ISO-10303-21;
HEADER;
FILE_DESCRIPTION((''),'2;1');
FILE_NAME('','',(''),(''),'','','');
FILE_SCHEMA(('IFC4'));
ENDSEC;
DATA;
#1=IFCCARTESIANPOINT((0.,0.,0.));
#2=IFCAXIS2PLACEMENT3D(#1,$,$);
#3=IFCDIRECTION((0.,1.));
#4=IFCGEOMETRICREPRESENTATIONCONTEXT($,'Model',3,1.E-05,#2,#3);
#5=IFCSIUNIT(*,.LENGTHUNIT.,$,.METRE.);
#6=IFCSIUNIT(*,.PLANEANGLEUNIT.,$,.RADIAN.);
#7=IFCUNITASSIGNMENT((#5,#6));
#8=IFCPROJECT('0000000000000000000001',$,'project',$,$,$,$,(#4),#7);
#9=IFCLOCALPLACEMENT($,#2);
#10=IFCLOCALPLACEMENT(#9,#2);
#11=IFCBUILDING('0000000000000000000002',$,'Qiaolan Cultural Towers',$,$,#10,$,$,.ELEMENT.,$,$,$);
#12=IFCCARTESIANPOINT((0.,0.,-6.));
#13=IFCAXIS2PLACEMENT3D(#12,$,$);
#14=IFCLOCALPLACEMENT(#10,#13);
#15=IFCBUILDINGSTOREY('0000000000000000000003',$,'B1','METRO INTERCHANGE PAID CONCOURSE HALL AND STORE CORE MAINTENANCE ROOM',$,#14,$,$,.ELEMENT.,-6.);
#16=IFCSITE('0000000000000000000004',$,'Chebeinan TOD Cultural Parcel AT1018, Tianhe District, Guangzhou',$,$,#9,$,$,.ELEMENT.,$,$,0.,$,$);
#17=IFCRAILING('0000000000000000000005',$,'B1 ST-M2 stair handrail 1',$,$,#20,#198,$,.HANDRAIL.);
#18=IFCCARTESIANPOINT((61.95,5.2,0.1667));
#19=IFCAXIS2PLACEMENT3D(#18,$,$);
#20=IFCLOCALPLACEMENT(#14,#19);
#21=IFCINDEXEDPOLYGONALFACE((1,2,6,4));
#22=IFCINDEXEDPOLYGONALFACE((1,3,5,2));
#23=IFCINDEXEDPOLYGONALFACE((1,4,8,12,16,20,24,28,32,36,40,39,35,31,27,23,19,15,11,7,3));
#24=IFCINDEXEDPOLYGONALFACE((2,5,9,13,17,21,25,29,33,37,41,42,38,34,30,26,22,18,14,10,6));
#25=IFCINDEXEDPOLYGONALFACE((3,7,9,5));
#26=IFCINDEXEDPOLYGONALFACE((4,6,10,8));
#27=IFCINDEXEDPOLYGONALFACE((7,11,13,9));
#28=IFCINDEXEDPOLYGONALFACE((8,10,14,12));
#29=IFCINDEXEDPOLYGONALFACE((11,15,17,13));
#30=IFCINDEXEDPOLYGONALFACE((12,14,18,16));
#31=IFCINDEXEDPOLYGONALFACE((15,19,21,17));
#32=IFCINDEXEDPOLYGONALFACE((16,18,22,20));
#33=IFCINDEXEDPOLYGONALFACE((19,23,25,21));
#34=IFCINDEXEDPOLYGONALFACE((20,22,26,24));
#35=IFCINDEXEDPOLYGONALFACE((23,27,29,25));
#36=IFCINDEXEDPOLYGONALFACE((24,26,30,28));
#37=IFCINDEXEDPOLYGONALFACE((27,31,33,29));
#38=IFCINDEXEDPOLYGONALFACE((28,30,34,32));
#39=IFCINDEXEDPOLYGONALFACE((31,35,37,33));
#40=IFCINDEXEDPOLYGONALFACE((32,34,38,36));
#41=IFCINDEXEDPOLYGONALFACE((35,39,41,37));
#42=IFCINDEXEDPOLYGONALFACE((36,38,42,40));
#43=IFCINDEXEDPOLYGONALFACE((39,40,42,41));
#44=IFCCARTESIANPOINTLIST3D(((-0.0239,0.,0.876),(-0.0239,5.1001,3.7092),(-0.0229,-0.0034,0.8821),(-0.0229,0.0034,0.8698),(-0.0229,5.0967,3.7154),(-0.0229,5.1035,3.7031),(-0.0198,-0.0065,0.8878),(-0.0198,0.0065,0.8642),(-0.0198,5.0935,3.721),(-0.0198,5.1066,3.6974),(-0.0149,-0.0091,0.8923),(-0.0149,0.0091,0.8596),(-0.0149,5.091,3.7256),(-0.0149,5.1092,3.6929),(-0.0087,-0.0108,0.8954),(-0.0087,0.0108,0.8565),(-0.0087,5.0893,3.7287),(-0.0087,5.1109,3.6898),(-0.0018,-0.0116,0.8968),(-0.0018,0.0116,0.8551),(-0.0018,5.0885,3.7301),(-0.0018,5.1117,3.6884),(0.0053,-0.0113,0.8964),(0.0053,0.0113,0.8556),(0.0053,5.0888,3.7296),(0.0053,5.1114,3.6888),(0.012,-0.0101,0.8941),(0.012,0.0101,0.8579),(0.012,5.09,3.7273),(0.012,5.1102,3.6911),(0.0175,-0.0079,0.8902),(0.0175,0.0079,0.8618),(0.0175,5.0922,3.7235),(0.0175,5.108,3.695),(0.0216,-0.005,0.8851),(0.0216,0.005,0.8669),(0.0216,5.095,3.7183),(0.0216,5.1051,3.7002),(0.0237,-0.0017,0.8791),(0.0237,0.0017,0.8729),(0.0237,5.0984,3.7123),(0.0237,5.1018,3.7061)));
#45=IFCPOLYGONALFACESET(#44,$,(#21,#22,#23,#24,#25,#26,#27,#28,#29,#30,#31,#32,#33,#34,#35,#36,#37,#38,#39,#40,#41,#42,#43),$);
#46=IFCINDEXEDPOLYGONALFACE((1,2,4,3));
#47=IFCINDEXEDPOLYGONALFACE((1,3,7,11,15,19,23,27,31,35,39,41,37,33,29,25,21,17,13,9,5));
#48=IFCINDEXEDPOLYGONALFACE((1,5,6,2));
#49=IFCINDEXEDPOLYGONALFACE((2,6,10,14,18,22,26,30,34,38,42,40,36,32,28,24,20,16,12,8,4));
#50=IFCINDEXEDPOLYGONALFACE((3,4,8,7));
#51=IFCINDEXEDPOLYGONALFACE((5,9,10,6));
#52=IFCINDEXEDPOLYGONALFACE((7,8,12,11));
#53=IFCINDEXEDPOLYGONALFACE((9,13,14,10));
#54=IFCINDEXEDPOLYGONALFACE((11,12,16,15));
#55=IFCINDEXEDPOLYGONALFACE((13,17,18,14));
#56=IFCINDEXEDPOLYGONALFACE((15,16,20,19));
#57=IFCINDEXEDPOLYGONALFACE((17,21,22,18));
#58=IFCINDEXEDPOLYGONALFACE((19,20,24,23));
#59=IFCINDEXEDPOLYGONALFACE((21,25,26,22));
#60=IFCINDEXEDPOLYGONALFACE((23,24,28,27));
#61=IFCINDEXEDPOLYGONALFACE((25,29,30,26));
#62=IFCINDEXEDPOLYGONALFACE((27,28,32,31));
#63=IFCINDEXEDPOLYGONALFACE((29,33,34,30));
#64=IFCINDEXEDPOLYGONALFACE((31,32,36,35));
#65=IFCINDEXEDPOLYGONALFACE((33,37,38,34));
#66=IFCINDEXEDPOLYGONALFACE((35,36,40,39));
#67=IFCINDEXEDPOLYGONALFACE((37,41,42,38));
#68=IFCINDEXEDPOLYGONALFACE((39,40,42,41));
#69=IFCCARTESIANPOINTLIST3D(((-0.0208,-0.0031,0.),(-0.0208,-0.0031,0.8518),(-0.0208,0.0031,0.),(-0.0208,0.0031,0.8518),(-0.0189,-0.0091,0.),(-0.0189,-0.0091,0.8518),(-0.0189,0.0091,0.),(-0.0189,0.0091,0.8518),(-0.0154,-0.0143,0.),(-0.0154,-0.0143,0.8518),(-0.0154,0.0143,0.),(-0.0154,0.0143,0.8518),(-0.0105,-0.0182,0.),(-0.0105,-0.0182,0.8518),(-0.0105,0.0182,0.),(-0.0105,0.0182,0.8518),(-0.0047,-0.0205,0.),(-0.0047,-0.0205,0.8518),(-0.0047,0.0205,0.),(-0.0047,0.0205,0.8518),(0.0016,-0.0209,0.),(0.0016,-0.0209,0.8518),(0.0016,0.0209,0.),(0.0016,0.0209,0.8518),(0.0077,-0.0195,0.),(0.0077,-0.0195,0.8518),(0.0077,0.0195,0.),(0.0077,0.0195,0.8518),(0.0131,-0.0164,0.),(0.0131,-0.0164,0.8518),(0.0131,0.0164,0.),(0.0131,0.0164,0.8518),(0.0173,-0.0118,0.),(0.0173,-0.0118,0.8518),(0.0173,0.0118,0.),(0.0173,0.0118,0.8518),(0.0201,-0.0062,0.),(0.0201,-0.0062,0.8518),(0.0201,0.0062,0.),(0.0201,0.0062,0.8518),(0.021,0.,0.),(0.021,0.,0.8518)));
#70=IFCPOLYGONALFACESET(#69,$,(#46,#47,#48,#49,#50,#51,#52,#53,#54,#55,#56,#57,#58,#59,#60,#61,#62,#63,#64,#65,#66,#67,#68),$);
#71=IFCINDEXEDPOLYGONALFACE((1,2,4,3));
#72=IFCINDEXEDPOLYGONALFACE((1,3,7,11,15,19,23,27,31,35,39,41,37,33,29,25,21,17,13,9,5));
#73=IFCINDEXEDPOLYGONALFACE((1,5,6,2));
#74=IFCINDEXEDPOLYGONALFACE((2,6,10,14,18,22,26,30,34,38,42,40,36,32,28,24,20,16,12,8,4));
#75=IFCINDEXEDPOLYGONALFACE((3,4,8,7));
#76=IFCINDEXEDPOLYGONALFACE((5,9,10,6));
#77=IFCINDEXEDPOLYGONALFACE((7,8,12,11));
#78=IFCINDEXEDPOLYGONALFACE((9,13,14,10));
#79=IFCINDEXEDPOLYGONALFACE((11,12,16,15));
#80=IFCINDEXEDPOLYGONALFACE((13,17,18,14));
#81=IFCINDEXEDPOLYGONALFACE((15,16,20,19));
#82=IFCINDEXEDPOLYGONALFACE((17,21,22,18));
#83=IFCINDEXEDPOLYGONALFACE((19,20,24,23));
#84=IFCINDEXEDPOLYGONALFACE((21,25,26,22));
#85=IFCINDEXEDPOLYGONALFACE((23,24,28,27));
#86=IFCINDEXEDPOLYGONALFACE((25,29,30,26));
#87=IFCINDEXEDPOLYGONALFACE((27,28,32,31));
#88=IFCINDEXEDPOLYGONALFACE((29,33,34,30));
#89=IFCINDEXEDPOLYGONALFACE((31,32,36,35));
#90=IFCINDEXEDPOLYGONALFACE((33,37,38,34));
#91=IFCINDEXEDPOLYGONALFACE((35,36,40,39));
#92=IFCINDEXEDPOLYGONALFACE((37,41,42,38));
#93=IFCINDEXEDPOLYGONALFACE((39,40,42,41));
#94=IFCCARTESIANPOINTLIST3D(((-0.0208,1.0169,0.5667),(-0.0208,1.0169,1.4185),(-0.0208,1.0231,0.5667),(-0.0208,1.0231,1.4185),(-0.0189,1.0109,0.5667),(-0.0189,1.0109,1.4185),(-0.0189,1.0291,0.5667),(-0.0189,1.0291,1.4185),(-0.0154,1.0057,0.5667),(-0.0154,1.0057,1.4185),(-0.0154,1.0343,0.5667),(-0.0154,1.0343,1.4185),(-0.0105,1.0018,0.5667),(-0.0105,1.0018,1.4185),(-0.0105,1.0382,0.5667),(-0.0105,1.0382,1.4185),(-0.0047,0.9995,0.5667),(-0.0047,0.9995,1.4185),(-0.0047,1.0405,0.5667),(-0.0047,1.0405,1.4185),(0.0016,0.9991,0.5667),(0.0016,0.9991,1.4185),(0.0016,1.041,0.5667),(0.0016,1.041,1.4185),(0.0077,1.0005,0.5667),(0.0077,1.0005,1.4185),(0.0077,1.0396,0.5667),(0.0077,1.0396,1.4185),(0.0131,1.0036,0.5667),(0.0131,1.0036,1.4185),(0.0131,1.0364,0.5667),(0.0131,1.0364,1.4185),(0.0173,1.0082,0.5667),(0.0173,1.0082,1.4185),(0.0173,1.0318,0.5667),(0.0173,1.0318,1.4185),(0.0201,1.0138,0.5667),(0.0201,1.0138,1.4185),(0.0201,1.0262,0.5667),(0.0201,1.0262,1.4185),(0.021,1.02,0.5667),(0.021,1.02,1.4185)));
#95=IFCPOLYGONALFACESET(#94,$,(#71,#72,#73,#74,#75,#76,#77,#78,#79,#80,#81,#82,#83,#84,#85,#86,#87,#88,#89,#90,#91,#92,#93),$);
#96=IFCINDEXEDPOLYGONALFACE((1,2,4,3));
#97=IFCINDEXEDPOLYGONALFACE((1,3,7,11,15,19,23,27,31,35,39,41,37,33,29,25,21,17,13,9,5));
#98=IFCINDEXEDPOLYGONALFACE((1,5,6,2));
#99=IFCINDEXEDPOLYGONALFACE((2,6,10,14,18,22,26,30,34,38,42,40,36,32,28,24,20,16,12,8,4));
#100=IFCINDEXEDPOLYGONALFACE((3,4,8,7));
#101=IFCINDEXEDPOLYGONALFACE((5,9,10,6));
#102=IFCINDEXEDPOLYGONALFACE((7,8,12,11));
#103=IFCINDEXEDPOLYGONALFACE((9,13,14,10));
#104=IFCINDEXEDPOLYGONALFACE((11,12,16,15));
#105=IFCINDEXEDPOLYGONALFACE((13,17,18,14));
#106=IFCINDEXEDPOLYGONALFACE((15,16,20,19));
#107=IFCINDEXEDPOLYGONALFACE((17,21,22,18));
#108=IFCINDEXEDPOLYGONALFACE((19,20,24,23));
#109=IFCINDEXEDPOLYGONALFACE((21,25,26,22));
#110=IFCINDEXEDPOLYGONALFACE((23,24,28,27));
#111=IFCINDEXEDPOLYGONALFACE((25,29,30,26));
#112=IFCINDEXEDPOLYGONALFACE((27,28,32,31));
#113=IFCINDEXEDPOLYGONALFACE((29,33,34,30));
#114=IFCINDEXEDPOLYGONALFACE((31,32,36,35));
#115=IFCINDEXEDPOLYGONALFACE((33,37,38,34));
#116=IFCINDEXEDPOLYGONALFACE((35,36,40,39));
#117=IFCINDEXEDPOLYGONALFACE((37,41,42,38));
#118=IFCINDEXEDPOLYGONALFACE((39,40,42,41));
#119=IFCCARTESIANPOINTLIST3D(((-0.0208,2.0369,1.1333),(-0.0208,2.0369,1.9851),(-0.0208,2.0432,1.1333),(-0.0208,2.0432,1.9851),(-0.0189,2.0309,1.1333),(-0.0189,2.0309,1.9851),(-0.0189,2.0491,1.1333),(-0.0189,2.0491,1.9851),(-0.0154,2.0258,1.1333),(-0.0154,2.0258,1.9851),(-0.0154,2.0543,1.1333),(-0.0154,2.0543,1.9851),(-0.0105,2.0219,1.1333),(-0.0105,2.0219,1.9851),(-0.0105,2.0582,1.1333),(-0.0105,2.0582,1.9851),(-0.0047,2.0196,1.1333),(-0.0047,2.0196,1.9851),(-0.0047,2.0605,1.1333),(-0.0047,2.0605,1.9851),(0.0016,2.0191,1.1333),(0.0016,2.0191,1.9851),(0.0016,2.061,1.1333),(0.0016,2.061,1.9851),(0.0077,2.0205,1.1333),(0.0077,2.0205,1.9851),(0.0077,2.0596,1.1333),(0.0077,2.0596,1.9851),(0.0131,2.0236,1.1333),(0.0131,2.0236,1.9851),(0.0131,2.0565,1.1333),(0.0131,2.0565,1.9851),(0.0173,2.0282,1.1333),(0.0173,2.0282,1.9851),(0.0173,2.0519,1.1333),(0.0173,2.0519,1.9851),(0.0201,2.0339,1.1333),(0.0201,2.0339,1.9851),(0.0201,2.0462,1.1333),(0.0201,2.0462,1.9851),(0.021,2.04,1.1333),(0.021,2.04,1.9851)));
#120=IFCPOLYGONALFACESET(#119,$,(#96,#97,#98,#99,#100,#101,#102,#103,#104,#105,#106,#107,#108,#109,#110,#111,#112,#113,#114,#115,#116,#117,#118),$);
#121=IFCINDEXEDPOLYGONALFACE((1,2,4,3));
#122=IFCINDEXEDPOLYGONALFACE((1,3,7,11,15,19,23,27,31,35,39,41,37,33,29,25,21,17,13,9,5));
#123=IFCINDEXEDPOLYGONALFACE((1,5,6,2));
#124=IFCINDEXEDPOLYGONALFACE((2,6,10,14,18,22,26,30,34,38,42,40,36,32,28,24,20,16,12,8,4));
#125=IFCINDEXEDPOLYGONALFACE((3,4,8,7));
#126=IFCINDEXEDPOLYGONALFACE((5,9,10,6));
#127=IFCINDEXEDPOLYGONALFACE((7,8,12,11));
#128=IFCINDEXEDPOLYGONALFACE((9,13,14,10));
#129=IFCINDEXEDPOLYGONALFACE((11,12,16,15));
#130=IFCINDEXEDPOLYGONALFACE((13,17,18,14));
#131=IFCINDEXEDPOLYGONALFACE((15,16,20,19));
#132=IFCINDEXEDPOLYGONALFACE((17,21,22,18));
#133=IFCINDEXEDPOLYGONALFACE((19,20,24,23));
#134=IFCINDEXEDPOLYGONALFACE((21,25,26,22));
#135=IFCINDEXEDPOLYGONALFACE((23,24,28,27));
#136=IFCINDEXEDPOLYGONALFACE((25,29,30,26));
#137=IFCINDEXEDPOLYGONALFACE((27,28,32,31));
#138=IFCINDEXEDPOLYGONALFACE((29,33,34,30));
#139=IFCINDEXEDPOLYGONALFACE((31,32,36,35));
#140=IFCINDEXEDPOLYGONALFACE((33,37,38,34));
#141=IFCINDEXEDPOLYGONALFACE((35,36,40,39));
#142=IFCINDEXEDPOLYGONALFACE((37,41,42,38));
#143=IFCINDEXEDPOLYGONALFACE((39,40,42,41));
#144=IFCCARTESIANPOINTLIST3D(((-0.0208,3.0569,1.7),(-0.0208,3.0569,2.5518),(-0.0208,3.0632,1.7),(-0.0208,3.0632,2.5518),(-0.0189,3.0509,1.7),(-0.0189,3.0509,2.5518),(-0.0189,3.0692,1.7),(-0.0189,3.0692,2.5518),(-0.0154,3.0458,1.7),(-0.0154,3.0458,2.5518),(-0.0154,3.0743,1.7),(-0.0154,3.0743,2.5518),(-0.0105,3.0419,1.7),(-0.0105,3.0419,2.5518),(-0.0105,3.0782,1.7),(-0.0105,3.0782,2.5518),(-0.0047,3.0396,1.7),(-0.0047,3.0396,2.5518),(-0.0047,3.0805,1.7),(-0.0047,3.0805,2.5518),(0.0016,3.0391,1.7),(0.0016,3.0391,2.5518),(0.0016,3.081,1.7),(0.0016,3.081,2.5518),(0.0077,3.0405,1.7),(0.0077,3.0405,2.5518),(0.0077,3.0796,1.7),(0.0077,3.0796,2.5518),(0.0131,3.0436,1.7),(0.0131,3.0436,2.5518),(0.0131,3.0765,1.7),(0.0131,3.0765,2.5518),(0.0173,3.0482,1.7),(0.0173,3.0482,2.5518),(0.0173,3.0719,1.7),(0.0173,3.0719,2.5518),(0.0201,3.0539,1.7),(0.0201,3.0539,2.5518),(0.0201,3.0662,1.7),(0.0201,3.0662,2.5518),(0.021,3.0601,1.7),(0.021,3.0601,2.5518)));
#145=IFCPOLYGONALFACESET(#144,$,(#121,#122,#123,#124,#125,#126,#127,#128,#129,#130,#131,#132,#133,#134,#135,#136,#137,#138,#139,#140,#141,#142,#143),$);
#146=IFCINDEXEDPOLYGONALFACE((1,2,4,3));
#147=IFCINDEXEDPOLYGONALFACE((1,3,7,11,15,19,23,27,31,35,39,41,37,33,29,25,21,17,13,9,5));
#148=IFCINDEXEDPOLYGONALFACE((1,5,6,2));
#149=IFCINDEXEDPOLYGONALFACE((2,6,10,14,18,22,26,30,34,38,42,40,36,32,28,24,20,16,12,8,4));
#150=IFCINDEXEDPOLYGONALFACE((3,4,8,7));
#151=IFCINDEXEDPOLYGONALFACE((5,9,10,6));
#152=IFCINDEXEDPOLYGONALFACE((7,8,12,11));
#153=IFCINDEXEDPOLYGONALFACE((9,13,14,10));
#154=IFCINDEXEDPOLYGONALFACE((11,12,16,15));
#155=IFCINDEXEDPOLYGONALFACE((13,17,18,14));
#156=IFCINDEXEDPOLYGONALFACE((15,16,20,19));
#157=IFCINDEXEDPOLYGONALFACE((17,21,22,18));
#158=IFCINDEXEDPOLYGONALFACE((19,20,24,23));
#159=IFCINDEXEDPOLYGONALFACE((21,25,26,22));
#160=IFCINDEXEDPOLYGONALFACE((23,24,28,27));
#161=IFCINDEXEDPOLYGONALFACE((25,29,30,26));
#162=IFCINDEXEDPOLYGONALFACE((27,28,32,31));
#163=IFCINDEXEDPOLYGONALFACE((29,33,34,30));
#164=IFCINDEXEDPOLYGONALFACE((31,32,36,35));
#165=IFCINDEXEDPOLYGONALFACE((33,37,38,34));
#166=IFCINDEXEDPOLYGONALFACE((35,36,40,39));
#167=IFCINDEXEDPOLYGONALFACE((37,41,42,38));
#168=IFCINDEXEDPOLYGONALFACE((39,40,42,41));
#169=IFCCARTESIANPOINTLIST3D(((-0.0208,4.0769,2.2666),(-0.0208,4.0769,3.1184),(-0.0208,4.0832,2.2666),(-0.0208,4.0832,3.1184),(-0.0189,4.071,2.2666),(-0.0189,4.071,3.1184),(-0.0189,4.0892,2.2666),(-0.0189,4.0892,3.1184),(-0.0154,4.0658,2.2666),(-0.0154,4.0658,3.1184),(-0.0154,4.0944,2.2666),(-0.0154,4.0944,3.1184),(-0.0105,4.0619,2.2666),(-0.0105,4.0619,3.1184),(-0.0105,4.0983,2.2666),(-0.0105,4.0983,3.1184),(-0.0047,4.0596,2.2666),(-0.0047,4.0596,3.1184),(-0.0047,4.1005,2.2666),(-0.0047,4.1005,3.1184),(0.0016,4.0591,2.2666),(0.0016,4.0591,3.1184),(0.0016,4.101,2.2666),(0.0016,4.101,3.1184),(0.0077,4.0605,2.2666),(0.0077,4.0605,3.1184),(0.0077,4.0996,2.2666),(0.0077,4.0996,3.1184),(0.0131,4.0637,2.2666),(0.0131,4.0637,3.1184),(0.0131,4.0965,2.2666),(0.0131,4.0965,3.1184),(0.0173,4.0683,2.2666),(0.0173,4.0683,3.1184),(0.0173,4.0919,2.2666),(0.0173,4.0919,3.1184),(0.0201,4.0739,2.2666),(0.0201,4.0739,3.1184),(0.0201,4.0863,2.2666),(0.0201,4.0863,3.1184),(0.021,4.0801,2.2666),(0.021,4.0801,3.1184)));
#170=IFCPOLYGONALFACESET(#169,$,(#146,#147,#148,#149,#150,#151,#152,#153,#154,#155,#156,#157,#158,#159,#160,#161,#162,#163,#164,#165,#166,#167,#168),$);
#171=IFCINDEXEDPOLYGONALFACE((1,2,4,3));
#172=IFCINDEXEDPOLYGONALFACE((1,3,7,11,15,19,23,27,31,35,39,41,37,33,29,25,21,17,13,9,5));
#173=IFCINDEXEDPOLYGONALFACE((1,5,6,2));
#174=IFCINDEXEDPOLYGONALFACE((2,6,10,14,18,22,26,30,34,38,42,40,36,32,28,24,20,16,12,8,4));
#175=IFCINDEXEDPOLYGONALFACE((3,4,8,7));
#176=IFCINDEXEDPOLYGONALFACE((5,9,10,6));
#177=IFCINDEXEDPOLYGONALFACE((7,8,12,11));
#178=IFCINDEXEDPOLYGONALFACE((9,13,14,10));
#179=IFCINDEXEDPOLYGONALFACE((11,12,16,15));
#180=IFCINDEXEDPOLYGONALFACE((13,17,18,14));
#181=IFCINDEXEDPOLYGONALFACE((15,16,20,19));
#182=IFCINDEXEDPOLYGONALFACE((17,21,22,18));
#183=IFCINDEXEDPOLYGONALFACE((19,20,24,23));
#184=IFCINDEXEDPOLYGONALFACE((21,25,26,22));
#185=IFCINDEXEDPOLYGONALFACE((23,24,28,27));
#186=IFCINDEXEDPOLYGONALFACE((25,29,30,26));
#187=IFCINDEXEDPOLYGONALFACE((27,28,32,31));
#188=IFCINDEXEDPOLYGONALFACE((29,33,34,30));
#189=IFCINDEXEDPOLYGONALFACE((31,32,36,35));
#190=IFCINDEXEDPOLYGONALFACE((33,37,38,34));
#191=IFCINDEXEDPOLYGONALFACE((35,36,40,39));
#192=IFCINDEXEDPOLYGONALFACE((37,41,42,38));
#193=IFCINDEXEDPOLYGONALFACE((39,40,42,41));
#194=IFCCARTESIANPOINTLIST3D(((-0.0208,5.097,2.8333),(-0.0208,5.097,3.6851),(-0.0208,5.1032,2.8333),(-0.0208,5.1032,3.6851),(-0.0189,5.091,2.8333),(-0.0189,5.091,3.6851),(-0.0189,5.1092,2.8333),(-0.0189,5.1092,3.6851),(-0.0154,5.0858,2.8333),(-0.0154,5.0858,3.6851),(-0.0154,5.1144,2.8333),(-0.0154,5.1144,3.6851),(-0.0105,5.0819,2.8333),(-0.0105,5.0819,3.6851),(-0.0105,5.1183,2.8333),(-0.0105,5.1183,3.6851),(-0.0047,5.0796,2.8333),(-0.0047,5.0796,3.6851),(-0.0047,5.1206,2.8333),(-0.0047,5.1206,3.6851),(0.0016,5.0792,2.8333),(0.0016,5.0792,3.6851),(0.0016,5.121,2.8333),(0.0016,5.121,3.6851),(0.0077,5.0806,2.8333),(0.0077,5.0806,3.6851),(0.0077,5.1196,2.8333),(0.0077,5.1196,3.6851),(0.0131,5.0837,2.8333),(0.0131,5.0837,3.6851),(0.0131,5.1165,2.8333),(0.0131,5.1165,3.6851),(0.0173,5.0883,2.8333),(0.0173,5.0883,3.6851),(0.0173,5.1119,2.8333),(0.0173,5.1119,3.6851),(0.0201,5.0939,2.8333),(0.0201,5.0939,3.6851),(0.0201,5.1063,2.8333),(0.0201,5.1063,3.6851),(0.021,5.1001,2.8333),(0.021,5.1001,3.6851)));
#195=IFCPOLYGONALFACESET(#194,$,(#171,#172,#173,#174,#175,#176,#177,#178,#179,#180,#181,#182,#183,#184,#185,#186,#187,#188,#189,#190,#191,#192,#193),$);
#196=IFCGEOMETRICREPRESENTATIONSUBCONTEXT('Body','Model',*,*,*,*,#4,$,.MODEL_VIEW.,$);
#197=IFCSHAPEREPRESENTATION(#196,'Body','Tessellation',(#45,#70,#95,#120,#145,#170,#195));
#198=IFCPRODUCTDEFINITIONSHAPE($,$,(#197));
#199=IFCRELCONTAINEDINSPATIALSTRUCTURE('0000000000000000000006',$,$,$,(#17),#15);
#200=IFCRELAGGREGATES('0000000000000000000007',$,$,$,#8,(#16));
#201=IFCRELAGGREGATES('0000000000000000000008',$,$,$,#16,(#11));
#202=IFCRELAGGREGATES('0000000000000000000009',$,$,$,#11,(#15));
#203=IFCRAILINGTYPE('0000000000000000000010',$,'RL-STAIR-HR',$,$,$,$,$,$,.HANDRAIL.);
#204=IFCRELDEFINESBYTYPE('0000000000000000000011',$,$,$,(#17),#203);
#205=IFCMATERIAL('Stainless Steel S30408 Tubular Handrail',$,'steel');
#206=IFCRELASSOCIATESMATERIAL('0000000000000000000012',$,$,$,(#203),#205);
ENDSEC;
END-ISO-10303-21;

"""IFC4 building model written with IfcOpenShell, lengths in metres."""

from ifc_helpers import new_model, si_unit, direction, frame, origin, origin_2d, place, context, subcontext, project, spatial, circle, extrude, material, type_object, element, save


model = new_model("IFC4")

# Units and contexts
model_context = context("Model", 3, precision=1e-05, world=origin(), true_north=direction((0.0, 1.0)))
body_context = subcontext(model_context, "Body", "Model", "MODEL_VIEW")
ifc_project = project(units=[si_unit("LENGTHUNIT", "METRE"), si_unit("PLANEANGLEUNIT", "RADIAN")], contexts=[model_context])

# Site, building, storey
site_placement = place(None, origin())
site = spatial("IfcSite", under=ifc_project, at=site_placement, Name="Chebeinan TOD Cultural Parcel AT1018, Tianhe District, Guangzhou", CompositionType="ELEMENT", RefElevation=0.0)
building_placement = place(site_placement, origin())
building = spatial("IfcBuilding", under=site, at=building_placement, Name="Qiaolan Cultural Towers", CompositionType="ELEMENT")
storey_placement = place(building_placement, frame((0.0, 0.0, -6.0)))
storey = spatial("IfcBuildingStorey", under=building, at=storey_placement, Name="B1", Description="METRO INTERCHANGE PAID CONCOURSE HALL AND STORE CORE MAINTENANCE ROOM", CompositionType="ELEMENT", Elevation=-6.0)

# Railing
ifc_material_1 = material(Name="Stainless Steel S30408 Tubular Handrail", Category="steel")
railing_type_1 = type_object("IfcRailingType", Name="RL-STAIR-HR", PredefinedType="HANDRAIL", material=ifc_material_1)
for number, where, name in (
    (1, (61.95, 5.2, 0.1667), "B1 ST-M2 stair handrail 1"),
):
    element("IfcRailing", number, at=place(storey_placement, frame(where)), inside=storey, type_object=railing_type_1, Name=name, PredefinedType="HANDRAIL", context=body_context, shape_type="SweptSolid", body=[
        extrude(circle(Radius=0.0239, at=origin_2d()), frame((0.0, 0.0, 0.876), z_axis=(0.0, 0.874167, 0.485625), x_axis=(-1.0, 0.0, 0.0)), (0.0, 0.0, 1.0), 5.8342),
        extrude(circle(Radius=0.021, at=origin_2d()), origin(), (0.0, 0.0, 1.0), 0.8518),
        extrude(circle(Radius=0.021, at=origin_2d()), frame((0.0, 1.02, 0.5667)), (0.0, 0.0, 1.0), 0.8518),
        extrude(circle(Radius=0.021, at=origin_2d()), frame((0.0, 2.04, 1.1333)), (0.0, 0.0, 1.0), 0.8518),
        extrude(circle(Radius=0.021, at=origin_2d()), frame((0.0, 3.0601, 1.7)), (0.0, 0.0, 1.0), 0.8518),
        extrude(circle(Radius=0.021, at=origin_2d()), frame((0.0, 4.0801, 2.2666)), (0.0, 0.0, 1.0), 0.8518),
        extrude(circle(Radius=0.021, at=origin_2d()), frame((0.0, 5.1001, 2.8333)), (0.0, 0.0, 1.0), 0.8518),
    ])

save(model, "model.ifc")
